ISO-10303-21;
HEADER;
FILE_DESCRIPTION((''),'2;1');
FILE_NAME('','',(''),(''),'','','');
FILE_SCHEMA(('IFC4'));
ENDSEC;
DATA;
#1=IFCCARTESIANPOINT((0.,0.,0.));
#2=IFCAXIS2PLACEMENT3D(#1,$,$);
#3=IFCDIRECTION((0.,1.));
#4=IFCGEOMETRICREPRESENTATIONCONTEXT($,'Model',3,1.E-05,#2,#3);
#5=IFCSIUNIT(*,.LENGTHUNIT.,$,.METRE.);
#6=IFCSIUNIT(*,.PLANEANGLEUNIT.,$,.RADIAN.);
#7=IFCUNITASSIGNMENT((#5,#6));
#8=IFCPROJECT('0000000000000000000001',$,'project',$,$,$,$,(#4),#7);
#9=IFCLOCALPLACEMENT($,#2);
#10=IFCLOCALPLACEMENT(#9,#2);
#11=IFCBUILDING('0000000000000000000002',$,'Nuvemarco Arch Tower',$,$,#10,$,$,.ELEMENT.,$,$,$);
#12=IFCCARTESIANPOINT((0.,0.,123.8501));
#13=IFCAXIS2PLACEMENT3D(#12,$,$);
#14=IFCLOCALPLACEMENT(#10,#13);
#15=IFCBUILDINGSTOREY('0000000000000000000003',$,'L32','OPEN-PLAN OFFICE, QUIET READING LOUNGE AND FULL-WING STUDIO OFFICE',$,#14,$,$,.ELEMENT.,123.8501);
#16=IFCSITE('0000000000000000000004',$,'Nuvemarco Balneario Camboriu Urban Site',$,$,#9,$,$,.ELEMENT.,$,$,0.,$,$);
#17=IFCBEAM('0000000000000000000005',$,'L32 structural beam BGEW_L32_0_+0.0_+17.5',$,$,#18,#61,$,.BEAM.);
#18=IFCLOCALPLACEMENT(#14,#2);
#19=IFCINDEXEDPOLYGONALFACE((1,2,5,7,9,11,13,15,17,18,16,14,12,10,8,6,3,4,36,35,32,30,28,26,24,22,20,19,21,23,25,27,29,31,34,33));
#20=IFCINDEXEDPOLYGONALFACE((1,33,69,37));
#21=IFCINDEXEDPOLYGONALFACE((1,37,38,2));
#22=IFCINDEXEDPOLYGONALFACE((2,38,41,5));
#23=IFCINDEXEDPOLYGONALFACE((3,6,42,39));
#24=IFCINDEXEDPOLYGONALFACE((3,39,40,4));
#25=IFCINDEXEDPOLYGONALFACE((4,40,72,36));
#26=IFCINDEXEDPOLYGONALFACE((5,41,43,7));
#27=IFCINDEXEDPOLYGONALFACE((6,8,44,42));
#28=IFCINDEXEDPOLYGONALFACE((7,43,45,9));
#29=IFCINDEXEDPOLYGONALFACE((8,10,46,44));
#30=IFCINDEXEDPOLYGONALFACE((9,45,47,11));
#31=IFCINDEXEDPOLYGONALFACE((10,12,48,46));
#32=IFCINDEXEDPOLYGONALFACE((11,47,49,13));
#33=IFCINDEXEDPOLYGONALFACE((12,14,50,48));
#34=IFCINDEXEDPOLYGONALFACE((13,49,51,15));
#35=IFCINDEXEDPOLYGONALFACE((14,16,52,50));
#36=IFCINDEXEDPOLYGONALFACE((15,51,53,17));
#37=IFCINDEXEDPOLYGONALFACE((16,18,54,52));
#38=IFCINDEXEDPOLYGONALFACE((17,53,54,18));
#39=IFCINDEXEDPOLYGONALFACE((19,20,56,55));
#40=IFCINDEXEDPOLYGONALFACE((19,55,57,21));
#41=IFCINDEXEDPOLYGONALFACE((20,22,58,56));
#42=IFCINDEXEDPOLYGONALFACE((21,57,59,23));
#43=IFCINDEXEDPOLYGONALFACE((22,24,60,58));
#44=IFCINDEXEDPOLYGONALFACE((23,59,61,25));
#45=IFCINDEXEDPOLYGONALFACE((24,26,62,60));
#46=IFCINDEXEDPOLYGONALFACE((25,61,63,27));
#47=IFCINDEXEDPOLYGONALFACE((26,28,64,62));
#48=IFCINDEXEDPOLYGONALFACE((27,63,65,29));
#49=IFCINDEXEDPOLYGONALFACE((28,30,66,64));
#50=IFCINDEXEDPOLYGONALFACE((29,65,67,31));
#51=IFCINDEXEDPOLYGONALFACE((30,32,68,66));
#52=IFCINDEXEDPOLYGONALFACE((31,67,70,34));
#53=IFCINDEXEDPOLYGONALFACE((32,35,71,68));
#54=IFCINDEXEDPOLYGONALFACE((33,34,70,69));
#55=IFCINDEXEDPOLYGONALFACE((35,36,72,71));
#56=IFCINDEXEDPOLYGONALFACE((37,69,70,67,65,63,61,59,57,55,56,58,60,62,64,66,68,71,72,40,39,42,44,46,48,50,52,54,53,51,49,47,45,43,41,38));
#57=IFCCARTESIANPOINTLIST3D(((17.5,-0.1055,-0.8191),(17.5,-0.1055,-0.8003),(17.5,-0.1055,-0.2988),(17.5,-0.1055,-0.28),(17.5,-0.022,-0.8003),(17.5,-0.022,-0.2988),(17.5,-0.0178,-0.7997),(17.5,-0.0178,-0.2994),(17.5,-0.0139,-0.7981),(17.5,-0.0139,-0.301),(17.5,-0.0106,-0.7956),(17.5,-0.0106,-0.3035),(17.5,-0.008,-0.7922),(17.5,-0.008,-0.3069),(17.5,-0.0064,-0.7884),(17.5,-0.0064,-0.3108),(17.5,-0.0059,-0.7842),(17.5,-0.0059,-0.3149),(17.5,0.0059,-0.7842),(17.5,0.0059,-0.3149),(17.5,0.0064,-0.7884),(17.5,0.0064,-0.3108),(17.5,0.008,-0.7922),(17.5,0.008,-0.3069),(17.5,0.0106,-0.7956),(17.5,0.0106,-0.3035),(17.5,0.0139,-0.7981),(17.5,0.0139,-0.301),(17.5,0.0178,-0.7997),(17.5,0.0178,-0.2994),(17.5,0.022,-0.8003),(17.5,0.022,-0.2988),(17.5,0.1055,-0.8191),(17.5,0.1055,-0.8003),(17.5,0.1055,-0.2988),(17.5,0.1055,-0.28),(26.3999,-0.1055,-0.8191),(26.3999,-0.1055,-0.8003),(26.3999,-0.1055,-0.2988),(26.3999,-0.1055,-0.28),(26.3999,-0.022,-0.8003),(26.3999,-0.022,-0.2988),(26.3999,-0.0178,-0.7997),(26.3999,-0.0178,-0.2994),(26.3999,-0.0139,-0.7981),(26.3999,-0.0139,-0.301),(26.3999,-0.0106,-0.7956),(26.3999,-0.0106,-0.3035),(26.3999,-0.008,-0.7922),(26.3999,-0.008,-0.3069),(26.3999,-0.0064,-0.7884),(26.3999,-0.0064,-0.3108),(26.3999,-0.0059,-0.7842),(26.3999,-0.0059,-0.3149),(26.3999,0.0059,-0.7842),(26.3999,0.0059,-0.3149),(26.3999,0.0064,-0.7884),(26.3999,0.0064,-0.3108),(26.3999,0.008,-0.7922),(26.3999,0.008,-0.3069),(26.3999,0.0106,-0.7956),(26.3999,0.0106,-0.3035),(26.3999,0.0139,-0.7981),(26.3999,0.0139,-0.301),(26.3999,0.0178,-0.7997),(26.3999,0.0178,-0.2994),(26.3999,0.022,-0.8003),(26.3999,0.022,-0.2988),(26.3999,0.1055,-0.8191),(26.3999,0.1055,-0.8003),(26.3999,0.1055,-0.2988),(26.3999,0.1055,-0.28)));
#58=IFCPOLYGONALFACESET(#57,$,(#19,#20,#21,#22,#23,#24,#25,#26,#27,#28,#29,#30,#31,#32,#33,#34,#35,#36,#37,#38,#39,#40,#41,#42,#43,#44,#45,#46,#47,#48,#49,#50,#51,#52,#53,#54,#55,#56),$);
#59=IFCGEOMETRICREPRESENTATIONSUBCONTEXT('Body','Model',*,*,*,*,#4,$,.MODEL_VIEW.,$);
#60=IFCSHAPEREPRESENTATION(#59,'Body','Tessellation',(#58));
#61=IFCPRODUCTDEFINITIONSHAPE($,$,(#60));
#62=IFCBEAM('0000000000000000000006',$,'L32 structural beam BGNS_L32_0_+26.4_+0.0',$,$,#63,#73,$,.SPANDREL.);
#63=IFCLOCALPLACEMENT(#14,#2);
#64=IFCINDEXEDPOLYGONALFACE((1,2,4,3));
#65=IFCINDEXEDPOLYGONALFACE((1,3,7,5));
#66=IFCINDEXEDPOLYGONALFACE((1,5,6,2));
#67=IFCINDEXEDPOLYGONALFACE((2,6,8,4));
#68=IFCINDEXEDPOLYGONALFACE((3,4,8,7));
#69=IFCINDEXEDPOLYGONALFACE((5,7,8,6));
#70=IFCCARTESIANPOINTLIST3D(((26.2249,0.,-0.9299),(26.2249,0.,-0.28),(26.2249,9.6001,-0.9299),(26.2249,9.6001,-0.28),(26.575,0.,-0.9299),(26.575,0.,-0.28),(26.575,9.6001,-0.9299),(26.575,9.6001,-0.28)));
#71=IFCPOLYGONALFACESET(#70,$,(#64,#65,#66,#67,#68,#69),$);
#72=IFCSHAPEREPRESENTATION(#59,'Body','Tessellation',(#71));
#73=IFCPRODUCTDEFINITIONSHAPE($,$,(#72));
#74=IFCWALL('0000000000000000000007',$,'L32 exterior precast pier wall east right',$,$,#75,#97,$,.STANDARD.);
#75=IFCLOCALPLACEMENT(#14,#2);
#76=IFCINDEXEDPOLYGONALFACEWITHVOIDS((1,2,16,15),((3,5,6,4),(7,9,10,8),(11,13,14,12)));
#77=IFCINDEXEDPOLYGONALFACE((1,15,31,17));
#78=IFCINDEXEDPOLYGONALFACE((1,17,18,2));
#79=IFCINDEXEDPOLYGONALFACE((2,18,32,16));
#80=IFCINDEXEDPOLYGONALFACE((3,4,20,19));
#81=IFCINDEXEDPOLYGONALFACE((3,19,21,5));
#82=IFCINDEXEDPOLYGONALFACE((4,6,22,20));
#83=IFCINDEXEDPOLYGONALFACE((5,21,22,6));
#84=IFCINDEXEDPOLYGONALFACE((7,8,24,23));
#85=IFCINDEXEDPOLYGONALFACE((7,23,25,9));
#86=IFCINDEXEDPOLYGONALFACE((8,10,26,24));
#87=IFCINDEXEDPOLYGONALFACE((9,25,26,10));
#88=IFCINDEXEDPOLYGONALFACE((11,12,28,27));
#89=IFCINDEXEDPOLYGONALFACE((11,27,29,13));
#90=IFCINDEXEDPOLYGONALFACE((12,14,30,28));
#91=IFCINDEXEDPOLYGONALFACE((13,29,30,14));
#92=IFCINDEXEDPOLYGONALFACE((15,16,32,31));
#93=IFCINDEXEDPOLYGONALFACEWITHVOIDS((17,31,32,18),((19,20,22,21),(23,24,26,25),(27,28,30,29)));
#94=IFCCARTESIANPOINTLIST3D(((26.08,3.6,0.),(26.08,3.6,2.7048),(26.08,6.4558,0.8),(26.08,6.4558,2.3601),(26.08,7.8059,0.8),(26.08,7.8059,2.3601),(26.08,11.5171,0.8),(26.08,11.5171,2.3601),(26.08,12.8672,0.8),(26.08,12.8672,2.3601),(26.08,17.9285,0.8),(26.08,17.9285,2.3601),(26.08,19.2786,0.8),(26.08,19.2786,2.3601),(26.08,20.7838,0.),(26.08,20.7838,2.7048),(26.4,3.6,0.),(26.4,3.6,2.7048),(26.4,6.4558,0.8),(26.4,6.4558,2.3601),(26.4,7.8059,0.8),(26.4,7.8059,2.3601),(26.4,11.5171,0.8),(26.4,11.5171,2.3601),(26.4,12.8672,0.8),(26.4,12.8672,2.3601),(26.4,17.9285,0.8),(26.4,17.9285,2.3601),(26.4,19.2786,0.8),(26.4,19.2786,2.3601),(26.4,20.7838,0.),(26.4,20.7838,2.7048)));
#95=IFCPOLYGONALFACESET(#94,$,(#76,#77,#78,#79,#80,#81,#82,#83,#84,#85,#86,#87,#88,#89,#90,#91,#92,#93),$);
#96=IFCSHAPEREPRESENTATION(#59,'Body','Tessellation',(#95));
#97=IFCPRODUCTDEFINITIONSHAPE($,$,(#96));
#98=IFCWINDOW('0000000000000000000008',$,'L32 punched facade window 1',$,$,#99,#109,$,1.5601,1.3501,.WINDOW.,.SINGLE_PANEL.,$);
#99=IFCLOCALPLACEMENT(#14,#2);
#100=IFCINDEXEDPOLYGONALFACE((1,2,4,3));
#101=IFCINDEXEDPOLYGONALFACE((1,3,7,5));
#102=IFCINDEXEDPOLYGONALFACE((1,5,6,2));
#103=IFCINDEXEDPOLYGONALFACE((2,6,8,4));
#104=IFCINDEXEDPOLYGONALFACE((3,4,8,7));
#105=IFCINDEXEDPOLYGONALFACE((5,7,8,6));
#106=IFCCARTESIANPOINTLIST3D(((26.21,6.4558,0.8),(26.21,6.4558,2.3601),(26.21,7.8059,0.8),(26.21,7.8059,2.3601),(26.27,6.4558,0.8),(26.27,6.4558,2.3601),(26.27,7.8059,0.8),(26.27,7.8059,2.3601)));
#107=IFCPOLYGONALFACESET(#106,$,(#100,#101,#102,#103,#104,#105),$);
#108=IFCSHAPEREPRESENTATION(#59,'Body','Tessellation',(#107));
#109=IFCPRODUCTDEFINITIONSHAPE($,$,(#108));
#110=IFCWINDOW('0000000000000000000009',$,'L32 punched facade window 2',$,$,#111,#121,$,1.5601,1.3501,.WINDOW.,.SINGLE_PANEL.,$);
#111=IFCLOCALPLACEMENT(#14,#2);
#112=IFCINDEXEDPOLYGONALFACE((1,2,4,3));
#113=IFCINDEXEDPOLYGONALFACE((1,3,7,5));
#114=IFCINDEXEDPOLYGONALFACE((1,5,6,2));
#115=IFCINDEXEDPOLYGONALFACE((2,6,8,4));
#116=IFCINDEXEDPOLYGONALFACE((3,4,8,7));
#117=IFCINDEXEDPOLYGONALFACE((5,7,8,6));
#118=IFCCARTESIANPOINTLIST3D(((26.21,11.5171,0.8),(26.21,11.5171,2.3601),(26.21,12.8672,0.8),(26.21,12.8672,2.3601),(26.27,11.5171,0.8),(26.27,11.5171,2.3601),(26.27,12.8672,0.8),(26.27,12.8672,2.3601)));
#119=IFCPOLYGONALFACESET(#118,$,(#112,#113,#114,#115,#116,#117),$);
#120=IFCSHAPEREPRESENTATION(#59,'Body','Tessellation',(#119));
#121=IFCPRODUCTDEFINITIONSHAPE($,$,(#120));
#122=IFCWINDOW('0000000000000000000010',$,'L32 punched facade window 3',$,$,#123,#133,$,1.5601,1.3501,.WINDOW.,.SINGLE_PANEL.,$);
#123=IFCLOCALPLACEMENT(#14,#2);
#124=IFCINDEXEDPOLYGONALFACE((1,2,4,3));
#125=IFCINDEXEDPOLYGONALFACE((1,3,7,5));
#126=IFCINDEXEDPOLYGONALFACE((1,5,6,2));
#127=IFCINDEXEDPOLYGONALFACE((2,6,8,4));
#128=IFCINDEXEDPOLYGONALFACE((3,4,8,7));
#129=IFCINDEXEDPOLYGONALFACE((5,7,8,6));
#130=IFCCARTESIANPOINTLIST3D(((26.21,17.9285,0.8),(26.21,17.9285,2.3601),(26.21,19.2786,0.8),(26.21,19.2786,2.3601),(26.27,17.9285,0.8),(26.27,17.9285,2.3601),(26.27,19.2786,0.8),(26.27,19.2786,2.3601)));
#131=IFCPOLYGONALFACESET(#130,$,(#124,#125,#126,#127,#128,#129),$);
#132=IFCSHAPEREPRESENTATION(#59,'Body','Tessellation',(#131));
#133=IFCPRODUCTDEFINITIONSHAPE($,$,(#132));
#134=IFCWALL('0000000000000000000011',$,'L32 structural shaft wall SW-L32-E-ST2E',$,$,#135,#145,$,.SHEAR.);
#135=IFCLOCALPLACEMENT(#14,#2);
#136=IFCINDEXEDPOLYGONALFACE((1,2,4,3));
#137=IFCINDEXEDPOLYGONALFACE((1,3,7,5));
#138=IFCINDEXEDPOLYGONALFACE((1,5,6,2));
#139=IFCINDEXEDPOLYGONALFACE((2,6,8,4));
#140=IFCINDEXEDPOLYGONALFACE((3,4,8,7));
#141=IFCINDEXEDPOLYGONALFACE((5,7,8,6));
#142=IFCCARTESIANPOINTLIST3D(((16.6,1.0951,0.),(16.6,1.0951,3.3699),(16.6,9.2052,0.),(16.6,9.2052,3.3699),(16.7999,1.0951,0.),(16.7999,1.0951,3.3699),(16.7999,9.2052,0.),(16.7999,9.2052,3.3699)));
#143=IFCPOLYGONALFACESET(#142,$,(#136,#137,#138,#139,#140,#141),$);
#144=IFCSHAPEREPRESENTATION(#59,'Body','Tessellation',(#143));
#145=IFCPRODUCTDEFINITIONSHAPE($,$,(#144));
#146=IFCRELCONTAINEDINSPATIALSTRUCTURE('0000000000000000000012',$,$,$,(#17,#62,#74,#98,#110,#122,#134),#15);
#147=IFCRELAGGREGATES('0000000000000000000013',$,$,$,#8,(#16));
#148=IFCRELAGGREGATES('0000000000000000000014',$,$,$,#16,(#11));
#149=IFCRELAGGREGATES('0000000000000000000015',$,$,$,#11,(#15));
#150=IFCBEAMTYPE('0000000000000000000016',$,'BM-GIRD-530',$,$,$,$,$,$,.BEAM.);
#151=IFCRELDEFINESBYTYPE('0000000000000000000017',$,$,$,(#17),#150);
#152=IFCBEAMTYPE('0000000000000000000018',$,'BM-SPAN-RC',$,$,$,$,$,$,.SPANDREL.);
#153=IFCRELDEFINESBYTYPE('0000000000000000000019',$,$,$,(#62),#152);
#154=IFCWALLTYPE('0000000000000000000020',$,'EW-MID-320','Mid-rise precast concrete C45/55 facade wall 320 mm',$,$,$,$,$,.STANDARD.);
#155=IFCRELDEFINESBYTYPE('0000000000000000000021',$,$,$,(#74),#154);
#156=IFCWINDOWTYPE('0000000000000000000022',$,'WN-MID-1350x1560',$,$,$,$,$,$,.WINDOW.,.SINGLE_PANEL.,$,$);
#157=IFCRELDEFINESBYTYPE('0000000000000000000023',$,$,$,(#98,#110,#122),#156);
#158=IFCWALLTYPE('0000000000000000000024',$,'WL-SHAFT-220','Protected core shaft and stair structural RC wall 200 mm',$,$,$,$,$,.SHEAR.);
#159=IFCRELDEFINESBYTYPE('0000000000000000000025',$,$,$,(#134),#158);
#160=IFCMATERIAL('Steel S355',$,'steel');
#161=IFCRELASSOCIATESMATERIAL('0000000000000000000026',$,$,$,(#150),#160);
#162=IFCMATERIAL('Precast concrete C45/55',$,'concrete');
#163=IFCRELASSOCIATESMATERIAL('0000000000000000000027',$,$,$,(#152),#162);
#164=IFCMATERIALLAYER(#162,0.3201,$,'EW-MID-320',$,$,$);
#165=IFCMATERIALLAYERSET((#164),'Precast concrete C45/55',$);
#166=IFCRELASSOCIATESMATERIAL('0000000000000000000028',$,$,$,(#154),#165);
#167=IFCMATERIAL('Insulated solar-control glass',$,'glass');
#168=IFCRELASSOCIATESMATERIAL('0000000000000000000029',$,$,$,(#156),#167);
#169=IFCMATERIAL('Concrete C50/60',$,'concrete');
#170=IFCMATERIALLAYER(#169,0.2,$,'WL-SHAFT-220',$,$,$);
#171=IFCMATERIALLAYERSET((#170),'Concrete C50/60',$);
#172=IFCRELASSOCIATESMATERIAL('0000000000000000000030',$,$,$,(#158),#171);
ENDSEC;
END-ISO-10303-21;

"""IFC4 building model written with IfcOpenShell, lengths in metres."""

from ifc_helpers import new_model, si_unit, direction, frame, frame_2d, origin, origin_2d, place, context, subcontext, project, spatial, rectangle, i_section, extrude, source, transform, mapped, material, layer, layer_set, material_profile, profile_set, type_object, type_shapes, element, fill, save


model = new_model("IFC4")

# Units and contexts
model_context = context("Model", 3, precision=1e-05, world=origin(), true_north=direction((0.0, 1.0)))
body_context = subcontext(model_context, "Body", "Model", "MODEL_VIEW")
ifc_project = project(units=[si_unit("LENGTHUNIT", "METRE"), si_unit("PLANEANGLEUNIT", "RADIAN")], contexts=[model_context])

# Site, building, storey
site_placement = place(None, origin())
site = spatial("IfcSite", under=ifc_project, at=site_placement, Name="Nuvemarco Balneario Camboriu Urban Site", CompositionType="ELEMENT", RefElevation=0.0)
building_placement = place(site_placement, origin())
building = spatial("IfcBuilding", under=site, at=building_placement, Name="Nuvemarco Arch Tower", CompositionType="ELEMENT")
storey_placement = place(building_placement, frame((0.0, 0.0, 123.8501)))
storey = spatial("IfcBuildingStorey", under=building, at=storey_placement, Name="L32", Description="OPEN-PLAN OFFICE, QUIET READING LOUNGE AND FULL-WING STUDIO OFFICE", CompositionType="ELEMENT", Elevation=123.8501)

# Shared definitions
ifc_material_1 = material(Name="Concrete C50/60", Category="concrete")
ifc_material_2 = material(Name="Steel S355", Category="steel")

# Beams
ifc_material_profile_1 = material_profile(ifc_material_2, i_section(OverallWidth=0.2109, OverallDepth=0.5391, WebThickness=0.0117, FlangeThickness=0.0188, FilletRadius=0.0161, at=origin_2d()), Name="W530x109")
ifc_profile_set_1 = profile_set([ifc_material_profile_1], Name="Steel S355")
beam_type_1 = type_object("IfcBeamType", Name="BM-GIRD-530", PredefinedType="BEAM", material=ifc_profile_set_1)
beam_1_placement = place(storey_placement, frame((17.5, 0.0, -0.5496), z_axis=(1.0, 0.0, 0.0), x_axis=(0.0, 1.0, 0.0)))
element("IfcBeam", 1, at=beam_1_placement, inside=storey, type_object=beam_type_1, Name="L32 structural beam BGEW_L32_0_+0.0_+17.5", PredefinedType="BEAM", context=body_context, shape_type="SweptSolid", body=[
    extrude(i_section(OverallWidth=0.2109, OverallDepth=0.5391, WebThickness=0.0117, FlangeThickness=0.0188, FilletRadius=0.0161, at=origin_2d()), origin(), (0.0, 0.0, 1.0), 8.8999),
])
ifc_material_3 = material(Name="Precast concrete C45/55", Category="concrete")
ifc_material_profile_2 = material_profile(ifc_material_3, rectangle(XDim=0.3501, YDim=0.6499, at=origin_2d()), Name="PC-SP-350x650")
ifc_profile_set_2 = profile_set([ifc_material_profile_2], Name="Precast concrete C45/55")
beam_type_2 = type_object("IfcBeamType", Name="BM-SPAN-RC", PredefinedType="SPANDREL", material=ifc_profile_set_2)
beam_2_placement = place(storey_placement, frame((26.3999, 0.0, -0.605), z_axis=(0.0, 1.0, 0.0), x_axis=(-1.0, 0.0, 0.0)))
element("IfcBeam", 2, at=beam_2_placement, inside=storey, type_object=beam_type_2, Name="L32 structural beam BGNS_L32_0_+26.4_+0.0", PredefinedType="SPANDREL", context=body_context, shape_type="SweptSolid", body=[
    extrude(rectangle(XDim=0.3501, YDim=0.6499, at=origin_2d()), origin(), (0.0, 0.0, 1.0), 9.6001),
])

# Wall, openings, windows
ifc_layer_1 = layer(ifc_material_3, 0.3201, Name="EW-MID-320")
ifc_layer_set_1 = layer_set([ifc_layer_1], Name="Precast concrete C45/55")
wall_type_1 = type_object("IfcWallType", Name="EW-MID-320", Description="Mid-rise precast concrete C45/55 facade wall 320 mm", PredefinedType="STANDARD", material=ifc_layer_set_1)
wall_1_placement = place(storey_placement, frame((26.24, 3.6001, 0.0), z_axis=(0.0, 0.0, 1.0), x_axis=(0.0, 1.0, 0.0)))
wall_1 = element("IfcWall", 3, at=wall_1_placement, inside=storey, type_object=wall_type_1, Name="L32 exterior precast pier wall east right", PredefinedType="STANDARD", context=body_context, shape_type="SweptSolid", body=[
    extrude(rectangle(XDim=17.1838, YDim=0.3201, at=frame_2d((8.5918, 0.0))), origin(), (0.0, 0.0, 1.0), 2.7048),
])
opening_1_placement = place(wall_1_placement, frame((2.8557, 0.0, 0.8)))
opening_1 = element("IfcOpeningElement", 4, at=opening_1_placement, cuts=wall_1, PredefinedType="OPENING", context=body_context, shape_type="SweptSolid", body=[
    extrude(rectangle(XDim=1.3501, YDim=1.5601, at=frame_2d((0.675, 0.78))), frame((0.0, 0.1699, 0.0), z_axis=(0.0, -1.0, 0.0), x_axis=(1.0, 0.0, 0.0)), (0.0, 0.0, 1.0), 0.3401),
])
opening_2_placement = place(wall_1_placement, frame((7.917, 0.0, 0.8)))
opening_2 = element("IfcOpeningElement", 5, at=opening_2_placement, cuts=wall_1, PredefinedType="OPENING", context=body_context, shape_type="SweptSolid", body=[
    extrude(rectangle(XDim=1.3501, YDim=1.5601, at=frame_2d((0.675, 0.78))), frame((0.0, 0.1699, 0.0), z_axis=(0.0, -1.0, 0.0), x_axis=(1.0, 0.0, 0.0)), (0.0, 0.0, 1.0), 0.3401),
])
opening_3_placement = place(wall_1_placement, frame((14.3284, 0.0, 0.8)))
opening_3 = element("IfcOpeningElement", 6, at=opening_3_placement, cuts=wall_1, PredefinedType="OPENING", context=body_context, shape_type="SweptSolid", body=[
    extrude(rectangle(XDim=1.3501, YDim=1.5601, at=frame_2d((0.675, 0.78))), frame((0.0, 0.1699, 0.0), z_axis=(0.0, -1.0, 0.0), x_axis=(1.0, 0.0, 0.0)), (0.0, 0.0, 1.0), 0.3401),
])
ifc_material_4 = material(Name="Insulated solar-control glass", Category="glass")
window_type = type_object("IfcWindowType", Name="WN-MID-1350x1560", PartitioningType="SINGLE_PANEL", PredefinedType="WINDOW", material=ifc_material_4)
shared_shape_1 = source(origin(), body_context, "Body", "SweptSolid", [
    extrude(rectangle(XDim=1.3501, YDim=1.5601, at=frame_2d((0.675, 0.78))), frame((0.0, 0.03, 0.0), z_axis=(0.0, -1.0, 0.0), x_axis=(1.0, 0.0, 0.0)), (0.0, 0.0, 1.0), 0.0601),
])
type_shapes(window_type, [shared_shape_1])
window_1_placement = place(opening_1_placement, origin())
window_1 = element("IfcWindow", 7, at=window_1_placement, inside=storey, type_object=window_type, Name="L32 punched facade window 1", OverallHeight=1.5601, OverallWidth=1.3501, PartitioningType="SINGLE_PANEL", PredefinedType="WINDOW", context=body_context, shape_type="MappedRepresentation", body=[
    mapped(shared_shape_1, transform((0.0, 0.0, 0.0), scale=1.0)),
])
fill(opening_1, window_1)
window_2_placement = place(opening_2_placement, origin())
window_2 = element("IfcWindow", 8, at=window_2_placement, inside=storey, type_object=window_type, Name="L32 punched facade window 2", OverallHeight=1.5601, OverallWidth=1.3501, PartitioningType="SINGLE_PANEL", PredefinedType="WINDOW", context=body_context, shape_type="MappedRepresentation", body=[
    mapped(shared_shape_1, transform((0.0, 0.0, 0.0), scale=1.0)),
])
fill(opening_2, window_2)
window_3_placement = place(opening_3_placement, origin())
window_3 = element("IfcWindow", 9, at=window_3_placement, inside=storey, type_object=window_type, Name="L32 punched facade window 3", OverallHeight=1.5601, OverallWidth=1.3501, PartitioningType="SINGLE_PANEL", PredefinedType="WINDOW", context=body_context, shape_type="MappedRepresentation", body=[
    mapped(shared_shape_1, transform((0.0, 0.0, 0.0), scale=1.0)),
])
fill(opening_3, window_3)

# Wall
ifc_layer_2 = layer(ifc_material_1, 0.2, Name="WL-SHAFT-220")
ifc_layer_set_2 = layer_set([ifc_layer_2], Name="Concrete C50/60")
wall_type_2 = type_object("IfcWallType", Name="WL-SHAFT-220", Description="Protected core shaft and stair structural RC wall 200 mm", PredefinedType="SHEAR", material=ifc_layer_set_2)
wall_2_placement = place(storey_placement, frame((16.7, 1.095, 0.0), z_axis=(0.0, 0.0, 1.0), x_axis=(0.0, 1.0, 0.0)))
element("IfcWall", 10, at=wall_2_placement, inside=storey, type_object=wall_type_2, Name="L32 structural shaft wall SW-L32-E-ST2E", PredefinedType="SHEAR", context=body_context, shape_type="SweptSolid", body=[
    extrude(rectangle(XDim=8.1101, YDim=0.2, at=frame_2d((4.0552, 0.0))), origin(), (0.0, 0.0, 1.0), 3.3699),
])

save(model, "model.ifc")
